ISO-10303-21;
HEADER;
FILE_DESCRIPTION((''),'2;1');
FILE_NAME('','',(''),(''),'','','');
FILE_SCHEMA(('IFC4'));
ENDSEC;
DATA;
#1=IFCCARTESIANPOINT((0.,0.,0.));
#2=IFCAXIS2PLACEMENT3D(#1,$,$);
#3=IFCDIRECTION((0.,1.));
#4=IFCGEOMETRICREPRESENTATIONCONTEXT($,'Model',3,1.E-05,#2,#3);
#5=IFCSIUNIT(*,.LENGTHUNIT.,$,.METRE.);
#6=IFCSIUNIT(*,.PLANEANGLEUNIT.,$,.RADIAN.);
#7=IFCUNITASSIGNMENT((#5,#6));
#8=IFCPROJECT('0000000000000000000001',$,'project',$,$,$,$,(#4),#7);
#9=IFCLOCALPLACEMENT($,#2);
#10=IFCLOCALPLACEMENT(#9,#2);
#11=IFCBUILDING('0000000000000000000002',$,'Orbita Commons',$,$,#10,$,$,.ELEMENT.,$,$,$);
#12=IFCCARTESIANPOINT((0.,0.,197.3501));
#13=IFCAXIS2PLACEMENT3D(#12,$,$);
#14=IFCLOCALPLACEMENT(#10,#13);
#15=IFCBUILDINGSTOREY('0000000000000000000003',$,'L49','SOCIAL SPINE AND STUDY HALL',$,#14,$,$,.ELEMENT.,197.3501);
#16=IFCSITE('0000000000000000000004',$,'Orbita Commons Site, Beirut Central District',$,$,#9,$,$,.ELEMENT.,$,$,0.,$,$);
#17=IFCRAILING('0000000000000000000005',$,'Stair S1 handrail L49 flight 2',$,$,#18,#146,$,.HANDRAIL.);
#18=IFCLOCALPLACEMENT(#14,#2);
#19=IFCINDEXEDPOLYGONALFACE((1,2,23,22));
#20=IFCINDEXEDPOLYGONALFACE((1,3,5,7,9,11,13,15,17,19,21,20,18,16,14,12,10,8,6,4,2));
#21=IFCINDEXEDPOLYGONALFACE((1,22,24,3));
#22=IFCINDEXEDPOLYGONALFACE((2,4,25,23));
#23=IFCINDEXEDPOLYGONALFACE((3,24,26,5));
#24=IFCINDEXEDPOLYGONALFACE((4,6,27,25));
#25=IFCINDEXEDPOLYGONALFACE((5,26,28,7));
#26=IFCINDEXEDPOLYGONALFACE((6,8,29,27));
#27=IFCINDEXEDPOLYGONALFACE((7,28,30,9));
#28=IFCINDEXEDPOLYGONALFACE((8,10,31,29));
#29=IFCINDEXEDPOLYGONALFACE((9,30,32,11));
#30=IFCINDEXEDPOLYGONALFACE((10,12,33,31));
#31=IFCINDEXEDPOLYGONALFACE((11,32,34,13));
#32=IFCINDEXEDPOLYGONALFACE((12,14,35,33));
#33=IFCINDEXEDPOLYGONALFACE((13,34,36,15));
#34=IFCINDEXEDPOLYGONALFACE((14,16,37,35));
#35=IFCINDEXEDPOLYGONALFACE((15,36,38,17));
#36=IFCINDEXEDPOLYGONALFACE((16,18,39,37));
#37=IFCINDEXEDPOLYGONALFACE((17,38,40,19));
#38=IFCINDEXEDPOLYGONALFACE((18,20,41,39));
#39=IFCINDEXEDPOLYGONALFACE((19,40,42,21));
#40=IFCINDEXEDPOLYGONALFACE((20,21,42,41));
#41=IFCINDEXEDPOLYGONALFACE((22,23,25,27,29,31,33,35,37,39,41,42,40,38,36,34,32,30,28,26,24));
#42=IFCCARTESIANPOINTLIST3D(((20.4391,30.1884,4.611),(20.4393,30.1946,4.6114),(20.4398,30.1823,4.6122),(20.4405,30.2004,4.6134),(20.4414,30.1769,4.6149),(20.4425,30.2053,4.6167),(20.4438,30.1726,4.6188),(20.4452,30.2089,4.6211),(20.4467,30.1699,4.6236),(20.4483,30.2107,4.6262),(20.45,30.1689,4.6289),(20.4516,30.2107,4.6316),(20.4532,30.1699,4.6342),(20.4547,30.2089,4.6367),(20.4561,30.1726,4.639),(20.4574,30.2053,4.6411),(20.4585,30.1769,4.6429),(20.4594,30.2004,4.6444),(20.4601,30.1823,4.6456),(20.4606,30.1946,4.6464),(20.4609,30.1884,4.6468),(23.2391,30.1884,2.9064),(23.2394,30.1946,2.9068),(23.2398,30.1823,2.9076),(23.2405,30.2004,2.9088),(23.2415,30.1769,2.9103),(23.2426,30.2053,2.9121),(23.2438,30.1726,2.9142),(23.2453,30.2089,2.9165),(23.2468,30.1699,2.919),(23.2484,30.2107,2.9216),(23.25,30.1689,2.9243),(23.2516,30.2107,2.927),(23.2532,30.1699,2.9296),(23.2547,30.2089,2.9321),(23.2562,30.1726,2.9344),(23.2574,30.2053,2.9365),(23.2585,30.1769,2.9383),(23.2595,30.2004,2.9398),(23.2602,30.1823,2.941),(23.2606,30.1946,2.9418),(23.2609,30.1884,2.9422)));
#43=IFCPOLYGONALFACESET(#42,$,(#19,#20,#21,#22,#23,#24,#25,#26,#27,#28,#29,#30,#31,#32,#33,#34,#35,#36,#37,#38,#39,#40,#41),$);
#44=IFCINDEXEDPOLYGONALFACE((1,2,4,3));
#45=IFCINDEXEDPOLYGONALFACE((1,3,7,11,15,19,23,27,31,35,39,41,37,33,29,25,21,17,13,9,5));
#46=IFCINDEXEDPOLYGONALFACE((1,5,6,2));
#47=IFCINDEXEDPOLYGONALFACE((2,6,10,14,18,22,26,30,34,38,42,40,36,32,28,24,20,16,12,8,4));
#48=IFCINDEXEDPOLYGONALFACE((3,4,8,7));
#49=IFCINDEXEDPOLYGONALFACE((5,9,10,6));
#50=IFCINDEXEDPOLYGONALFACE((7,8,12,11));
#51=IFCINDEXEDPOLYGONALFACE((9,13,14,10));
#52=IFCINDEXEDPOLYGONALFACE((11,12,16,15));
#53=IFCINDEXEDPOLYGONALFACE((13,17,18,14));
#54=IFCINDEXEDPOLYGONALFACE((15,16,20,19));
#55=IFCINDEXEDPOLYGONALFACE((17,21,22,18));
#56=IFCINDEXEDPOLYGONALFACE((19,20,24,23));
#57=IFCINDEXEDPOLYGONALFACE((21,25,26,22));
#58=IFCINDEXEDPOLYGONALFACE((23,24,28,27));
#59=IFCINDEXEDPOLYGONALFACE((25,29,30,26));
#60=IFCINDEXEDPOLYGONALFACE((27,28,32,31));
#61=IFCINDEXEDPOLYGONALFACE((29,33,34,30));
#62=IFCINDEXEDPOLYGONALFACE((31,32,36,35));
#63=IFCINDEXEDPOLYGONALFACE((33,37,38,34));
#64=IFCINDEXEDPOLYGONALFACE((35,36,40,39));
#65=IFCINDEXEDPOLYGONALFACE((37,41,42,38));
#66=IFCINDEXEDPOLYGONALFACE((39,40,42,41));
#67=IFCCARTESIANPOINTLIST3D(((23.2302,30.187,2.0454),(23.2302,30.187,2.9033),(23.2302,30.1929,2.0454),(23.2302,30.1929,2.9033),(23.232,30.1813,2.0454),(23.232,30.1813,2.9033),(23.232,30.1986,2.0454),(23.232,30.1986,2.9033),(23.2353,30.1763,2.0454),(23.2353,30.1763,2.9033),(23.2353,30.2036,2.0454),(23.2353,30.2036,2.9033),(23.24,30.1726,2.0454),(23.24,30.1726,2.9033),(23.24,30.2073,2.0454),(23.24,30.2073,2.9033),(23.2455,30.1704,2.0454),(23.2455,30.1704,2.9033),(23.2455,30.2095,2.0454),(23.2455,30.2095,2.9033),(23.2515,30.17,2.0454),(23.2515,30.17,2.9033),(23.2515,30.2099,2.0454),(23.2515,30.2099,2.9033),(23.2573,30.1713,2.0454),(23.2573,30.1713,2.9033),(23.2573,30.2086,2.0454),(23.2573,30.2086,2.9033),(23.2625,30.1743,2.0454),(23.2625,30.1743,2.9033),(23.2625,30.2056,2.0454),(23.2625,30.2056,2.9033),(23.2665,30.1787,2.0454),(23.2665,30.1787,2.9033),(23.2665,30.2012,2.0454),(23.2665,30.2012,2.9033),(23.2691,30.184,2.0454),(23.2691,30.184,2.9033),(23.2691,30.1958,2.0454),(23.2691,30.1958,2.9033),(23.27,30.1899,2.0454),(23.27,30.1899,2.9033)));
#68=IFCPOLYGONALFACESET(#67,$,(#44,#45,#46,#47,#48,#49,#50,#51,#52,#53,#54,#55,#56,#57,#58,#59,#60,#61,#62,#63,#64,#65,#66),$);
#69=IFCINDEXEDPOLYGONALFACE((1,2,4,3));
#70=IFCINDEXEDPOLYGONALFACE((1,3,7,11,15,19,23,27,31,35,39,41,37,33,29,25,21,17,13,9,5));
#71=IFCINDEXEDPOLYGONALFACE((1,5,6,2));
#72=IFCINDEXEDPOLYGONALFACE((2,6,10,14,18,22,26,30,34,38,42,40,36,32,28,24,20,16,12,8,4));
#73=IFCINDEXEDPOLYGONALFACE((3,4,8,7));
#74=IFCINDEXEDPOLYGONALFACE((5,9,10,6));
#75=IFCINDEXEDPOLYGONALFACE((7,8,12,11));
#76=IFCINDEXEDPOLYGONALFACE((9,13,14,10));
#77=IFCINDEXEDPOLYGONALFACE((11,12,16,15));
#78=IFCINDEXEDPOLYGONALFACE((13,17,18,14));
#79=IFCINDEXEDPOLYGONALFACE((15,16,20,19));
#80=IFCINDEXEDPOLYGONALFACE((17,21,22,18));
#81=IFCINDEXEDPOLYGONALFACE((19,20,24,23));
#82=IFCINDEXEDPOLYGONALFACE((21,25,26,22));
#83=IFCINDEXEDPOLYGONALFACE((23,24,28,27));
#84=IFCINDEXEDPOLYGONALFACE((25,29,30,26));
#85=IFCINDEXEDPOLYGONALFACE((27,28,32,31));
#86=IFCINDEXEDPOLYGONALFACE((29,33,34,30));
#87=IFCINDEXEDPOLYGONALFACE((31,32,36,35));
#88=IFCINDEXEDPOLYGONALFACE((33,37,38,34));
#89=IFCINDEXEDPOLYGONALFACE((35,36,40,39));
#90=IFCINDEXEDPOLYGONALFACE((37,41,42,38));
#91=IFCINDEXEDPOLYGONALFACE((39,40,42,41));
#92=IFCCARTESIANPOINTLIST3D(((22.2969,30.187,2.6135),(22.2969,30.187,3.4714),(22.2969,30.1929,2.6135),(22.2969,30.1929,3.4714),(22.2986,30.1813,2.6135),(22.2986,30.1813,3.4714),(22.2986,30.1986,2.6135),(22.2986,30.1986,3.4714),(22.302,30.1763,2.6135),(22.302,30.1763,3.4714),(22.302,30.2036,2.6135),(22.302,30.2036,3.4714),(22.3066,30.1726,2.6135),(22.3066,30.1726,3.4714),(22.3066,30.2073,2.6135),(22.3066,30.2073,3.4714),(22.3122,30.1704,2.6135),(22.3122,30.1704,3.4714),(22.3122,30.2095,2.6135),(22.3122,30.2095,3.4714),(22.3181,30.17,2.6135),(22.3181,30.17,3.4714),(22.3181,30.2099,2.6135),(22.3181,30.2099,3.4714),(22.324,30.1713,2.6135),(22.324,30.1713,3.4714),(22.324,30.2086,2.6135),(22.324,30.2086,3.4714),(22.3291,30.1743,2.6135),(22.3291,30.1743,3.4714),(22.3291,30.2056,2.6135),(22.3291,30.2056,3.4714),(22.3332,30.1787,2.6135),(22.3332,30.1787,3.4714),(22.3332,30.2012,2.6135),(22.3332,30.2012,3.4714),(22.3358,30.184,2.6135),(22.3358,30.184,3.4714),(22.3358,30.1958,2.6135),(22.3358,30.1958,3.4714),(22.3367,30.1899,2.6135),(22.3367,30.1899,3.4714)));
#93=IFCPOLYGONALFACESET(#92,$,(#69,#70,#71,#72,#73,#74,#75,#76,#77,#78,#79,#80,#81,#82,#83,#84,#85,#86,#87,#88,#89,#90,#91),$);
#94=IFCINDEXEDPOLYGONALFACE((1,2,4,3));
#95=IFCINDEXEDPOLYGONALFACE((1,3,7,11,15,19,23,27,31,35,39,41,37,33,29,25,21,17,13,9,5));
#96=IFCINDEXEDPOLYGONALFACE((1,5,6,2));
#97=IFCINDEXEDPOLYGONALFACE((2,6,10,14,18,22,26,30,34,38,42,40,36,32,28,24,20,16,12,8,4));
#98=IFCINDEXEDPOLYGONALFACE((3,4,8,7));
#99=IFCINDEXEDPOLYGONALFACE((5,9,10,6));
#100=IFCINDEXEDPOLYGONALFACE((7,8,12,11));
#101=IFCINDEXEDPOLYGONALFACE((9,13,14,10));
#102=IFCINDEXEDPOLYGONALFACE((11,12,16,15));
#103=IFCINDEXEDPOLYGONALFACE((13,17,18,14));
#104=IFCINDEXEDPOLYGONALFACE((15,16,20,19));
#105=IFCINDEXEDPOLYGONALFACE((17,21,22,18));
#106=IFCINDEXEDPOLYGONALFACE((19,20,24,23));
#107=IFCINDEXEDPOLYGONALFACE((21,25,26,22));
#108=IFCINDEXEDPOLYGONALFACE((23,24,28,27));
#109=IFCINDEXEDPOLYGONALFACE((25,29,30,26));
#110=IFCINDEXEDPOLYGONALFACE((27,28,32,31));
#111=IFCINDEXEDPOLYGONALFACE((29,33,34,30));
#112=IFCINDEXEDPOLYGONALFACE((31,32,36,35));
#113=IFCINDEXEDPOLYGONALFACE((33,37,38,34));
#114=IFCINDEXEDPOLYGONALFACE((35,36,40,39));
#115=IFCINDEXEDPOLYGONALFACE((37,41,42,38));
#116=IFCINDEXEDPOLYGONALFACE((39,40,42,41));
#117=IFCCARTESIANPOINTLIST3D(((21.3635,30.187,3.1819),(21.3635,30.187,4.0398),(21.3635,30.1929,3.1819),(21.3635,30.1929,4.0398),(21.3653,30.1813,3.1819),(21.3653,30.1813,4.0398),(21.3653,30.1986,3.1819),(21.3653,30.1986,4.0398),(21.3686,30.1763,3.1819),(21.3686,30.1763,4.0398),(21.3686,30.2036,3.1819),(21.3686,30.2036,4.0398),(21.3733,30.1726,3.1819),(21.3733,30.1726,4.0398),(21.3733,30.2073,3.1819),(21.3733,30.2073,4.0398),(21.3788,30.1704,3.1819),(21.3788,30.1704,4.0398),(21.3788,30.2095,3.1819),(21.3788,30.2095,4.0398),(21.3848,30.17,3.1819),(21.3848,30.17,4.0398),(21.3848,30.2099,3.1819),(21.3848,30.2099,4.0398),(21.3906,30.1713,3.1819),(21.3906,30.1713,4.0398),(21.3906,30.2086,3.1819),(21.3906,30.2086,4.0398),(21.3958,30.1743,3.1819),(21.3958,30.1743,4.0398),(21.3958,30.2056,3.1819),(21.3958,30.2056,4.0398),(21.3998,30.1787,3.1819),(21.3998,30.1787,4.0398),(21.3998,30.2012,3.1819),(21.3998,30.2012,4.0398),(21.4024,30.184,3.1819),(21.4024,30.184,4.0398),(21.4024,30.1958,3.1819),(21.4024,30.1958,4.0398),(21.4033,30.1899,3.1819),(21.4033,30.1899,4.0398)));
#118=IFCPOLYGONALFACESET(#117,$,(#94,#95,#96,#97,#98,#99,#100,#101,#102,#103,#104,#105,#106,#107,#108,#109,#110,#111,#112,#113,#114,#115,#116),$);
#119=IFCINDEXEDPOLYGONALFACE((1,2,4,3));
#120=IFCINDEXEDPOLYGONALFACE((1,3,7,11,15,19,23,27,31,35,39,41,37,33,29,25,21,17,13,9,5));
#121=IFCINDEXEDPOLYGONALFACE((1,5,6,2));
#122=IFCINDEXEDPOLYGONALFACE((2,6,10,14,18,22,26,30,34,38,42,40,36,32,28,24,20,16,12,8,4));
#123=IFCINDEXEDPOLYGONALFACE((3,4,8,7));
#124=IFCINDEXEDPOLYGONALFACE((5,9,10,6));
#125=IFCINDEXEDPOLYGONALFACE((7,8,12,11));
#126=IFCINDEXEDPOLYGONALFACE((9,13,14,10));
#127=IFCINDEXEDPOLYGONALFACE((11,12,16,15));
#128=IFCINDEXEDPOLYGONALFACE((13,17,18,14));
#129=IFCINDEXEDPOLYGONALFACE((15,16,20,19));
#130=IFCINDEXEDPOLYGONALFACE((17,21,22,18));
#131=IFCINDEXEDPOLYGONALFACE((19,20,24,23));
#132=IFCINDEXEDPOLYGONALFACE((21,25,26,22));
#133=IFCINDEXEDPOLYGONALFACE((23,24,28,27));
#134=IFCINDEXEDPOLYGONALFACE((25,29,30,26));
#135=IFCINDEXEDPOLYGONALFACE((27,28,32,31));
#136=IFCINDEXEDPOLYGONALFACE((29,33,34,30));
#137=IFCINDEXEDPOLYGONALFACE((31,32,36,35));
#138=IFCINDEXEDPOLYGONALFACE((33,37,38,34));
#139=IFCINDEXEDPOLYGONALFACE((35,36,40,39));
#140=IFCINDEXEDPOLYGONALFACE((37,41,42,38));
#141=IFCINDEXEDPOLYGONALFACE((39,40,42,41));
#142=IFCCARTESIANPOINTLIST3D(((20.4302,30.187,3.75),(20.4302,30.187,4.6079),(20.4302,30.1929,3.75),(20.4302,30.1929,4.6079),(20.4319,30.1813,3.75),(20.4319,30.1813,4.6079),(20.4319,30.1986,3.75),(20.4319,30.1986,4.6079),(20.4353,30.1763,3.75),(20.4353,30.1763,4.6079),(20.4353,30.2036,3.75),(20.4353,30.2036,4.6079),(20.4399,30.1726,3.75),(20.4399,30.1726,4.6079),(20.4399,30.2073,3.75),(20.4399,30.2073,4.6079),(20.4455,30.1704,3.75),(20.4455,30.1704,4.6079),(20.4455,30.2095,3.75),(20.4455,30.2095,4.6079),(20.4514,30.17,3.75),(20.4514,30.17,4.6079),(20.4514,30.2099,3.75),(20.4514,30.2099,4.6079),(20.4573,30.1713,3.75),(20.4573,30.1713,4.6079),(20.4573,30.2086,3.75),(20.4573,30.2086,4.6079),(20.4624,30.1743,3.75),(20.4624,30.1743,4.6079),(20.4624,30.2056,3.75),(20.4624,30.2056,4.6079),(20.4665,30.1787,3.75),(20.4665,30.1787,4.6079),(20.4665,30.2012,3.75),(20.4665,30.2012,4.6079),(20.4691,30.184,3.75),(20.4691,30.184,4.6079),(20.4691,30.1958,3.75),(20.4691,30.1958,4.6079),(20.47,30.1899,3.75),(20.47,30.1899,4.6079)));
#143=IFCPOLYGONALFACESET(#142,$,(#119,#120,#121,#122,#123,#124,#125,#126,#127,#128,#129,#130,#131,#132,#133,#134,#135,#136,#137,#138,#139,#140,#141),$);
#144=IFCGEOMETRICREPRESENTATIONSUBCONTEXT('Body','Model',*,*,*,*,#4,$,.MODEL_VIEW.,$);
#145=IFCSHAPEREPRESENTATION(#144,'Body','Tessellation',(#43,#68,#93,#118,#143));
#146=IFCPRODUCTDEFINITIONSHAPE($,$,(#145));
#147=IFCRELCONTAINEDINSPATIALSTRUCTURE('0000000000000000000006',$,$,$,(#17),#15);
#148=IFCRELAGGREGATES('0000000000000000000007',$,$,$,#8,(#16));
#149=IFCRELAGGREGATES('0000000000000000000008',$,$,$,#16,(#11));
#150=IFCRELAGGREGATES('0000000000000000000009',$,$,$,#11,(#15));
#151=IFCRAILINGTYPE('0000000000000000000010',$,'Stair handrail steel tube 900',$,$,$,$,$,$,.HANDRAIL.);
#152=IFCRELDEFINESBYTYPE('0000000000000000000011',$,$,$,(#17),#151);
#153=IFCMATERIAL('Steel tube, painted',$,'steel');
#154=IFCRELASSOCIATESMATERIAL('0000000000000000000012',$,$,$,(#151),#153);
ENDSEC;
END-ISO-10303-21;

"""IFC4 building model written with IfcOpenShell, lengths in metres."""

from ifc_helpers import new_model, si_unit, direction, frame, origin, origin_2d, place, context, subcontext, project, spatial, circle, extrude, material, type_object, element, save


model = new_model("IFC4")

# Units and contexts
model_context = context("Model", 3, precision=1e-05, world=origin(), true_north=direction((0.0, 1.0)))
body_context = subcontext(model_context, "Body", "Model", "MODEL_VIEW")
ifc_project = project(units=[si_unit("LENGTHUNIT", "METRE"), si_unit("PLANEANGLEUNIT", "RADIAN")], contexts=[model_context])

# Site, building, storey
site_placement = place(None, origin())
site = spatial("IfcSite", under=ifc_project, at=site_placement, Name="Orbita Commons Site, Beirut Central District", CompositionType="ELEMENT", RefElevation=0.0)
building_placement = place(site_placement, origin())
building = spatial("IfcBuilding", under=site, at=building_placement, Name="Orbita Commons", CompositionType="ELEMENT")
storey_placement = place(building_placement, frame((0.0, 0.0, 197.3501)))
storey = spatial("IfcBuildingStorey", under=building, at=storey_placement, Name="L49", Description="SOCIAL SPINE AND STUDY HALL", CompositionType="ELEMENT", Elevation=197.3501)

# Railing
ifc_material_1 = material(Name="Steel tube, painted", Category="steel")
railing_type = type_object("IfcRailingType", Name="Stair handrail steel tube 900", PredefinedType="HANDRAIL", material=ifc_material_1)
for number, where, name in (
    (1, (23.25, 30.1899, 2.0454), "Stair S1 handrail L49 flight 2"),
):
    element("IfcRailing", number, at=place(storey_placement, frame(where)), inside=storey, type_object=railing_type, Name=name, PredefinedType="HANDRAIL", context=body_context, shape_type="SweptSolid", body=[
        extrude(circle(Radius=0.021, at=origin_2d()), frame((0.0, 0.0, 0.8789), z_axis=(-0.85417, 0.0, 0.519994), x_axis=(0.0, -1.0, 0.0)), (0.0, 0.0, 1.0), 3.2781),
        extrude(circle(Radius=0.02, at=origin_2d()), origin(), (0.0, 0.0, 1.0), 0.8579),
        extrude(circle(Radius=0.02, at=origin_2d()), frame((-0.9333, 0.0, 0.5681)), (0.0, 0.0, 1.0), 0.8579),
        extrude(circle(Radius=0.02, at=origin_2d()), frame((-1.8667, 0.0, 1.1365)), (0.0, 0.0, 1.0), 0.8579),
        extrude(circle(Radius=0.02, at=origin_2d()), frame((-2.8, 0.0, 1.7046)), (0.0, 0.0, 1.0), 0.8579),
    ])

save(model, "model.ifc")
